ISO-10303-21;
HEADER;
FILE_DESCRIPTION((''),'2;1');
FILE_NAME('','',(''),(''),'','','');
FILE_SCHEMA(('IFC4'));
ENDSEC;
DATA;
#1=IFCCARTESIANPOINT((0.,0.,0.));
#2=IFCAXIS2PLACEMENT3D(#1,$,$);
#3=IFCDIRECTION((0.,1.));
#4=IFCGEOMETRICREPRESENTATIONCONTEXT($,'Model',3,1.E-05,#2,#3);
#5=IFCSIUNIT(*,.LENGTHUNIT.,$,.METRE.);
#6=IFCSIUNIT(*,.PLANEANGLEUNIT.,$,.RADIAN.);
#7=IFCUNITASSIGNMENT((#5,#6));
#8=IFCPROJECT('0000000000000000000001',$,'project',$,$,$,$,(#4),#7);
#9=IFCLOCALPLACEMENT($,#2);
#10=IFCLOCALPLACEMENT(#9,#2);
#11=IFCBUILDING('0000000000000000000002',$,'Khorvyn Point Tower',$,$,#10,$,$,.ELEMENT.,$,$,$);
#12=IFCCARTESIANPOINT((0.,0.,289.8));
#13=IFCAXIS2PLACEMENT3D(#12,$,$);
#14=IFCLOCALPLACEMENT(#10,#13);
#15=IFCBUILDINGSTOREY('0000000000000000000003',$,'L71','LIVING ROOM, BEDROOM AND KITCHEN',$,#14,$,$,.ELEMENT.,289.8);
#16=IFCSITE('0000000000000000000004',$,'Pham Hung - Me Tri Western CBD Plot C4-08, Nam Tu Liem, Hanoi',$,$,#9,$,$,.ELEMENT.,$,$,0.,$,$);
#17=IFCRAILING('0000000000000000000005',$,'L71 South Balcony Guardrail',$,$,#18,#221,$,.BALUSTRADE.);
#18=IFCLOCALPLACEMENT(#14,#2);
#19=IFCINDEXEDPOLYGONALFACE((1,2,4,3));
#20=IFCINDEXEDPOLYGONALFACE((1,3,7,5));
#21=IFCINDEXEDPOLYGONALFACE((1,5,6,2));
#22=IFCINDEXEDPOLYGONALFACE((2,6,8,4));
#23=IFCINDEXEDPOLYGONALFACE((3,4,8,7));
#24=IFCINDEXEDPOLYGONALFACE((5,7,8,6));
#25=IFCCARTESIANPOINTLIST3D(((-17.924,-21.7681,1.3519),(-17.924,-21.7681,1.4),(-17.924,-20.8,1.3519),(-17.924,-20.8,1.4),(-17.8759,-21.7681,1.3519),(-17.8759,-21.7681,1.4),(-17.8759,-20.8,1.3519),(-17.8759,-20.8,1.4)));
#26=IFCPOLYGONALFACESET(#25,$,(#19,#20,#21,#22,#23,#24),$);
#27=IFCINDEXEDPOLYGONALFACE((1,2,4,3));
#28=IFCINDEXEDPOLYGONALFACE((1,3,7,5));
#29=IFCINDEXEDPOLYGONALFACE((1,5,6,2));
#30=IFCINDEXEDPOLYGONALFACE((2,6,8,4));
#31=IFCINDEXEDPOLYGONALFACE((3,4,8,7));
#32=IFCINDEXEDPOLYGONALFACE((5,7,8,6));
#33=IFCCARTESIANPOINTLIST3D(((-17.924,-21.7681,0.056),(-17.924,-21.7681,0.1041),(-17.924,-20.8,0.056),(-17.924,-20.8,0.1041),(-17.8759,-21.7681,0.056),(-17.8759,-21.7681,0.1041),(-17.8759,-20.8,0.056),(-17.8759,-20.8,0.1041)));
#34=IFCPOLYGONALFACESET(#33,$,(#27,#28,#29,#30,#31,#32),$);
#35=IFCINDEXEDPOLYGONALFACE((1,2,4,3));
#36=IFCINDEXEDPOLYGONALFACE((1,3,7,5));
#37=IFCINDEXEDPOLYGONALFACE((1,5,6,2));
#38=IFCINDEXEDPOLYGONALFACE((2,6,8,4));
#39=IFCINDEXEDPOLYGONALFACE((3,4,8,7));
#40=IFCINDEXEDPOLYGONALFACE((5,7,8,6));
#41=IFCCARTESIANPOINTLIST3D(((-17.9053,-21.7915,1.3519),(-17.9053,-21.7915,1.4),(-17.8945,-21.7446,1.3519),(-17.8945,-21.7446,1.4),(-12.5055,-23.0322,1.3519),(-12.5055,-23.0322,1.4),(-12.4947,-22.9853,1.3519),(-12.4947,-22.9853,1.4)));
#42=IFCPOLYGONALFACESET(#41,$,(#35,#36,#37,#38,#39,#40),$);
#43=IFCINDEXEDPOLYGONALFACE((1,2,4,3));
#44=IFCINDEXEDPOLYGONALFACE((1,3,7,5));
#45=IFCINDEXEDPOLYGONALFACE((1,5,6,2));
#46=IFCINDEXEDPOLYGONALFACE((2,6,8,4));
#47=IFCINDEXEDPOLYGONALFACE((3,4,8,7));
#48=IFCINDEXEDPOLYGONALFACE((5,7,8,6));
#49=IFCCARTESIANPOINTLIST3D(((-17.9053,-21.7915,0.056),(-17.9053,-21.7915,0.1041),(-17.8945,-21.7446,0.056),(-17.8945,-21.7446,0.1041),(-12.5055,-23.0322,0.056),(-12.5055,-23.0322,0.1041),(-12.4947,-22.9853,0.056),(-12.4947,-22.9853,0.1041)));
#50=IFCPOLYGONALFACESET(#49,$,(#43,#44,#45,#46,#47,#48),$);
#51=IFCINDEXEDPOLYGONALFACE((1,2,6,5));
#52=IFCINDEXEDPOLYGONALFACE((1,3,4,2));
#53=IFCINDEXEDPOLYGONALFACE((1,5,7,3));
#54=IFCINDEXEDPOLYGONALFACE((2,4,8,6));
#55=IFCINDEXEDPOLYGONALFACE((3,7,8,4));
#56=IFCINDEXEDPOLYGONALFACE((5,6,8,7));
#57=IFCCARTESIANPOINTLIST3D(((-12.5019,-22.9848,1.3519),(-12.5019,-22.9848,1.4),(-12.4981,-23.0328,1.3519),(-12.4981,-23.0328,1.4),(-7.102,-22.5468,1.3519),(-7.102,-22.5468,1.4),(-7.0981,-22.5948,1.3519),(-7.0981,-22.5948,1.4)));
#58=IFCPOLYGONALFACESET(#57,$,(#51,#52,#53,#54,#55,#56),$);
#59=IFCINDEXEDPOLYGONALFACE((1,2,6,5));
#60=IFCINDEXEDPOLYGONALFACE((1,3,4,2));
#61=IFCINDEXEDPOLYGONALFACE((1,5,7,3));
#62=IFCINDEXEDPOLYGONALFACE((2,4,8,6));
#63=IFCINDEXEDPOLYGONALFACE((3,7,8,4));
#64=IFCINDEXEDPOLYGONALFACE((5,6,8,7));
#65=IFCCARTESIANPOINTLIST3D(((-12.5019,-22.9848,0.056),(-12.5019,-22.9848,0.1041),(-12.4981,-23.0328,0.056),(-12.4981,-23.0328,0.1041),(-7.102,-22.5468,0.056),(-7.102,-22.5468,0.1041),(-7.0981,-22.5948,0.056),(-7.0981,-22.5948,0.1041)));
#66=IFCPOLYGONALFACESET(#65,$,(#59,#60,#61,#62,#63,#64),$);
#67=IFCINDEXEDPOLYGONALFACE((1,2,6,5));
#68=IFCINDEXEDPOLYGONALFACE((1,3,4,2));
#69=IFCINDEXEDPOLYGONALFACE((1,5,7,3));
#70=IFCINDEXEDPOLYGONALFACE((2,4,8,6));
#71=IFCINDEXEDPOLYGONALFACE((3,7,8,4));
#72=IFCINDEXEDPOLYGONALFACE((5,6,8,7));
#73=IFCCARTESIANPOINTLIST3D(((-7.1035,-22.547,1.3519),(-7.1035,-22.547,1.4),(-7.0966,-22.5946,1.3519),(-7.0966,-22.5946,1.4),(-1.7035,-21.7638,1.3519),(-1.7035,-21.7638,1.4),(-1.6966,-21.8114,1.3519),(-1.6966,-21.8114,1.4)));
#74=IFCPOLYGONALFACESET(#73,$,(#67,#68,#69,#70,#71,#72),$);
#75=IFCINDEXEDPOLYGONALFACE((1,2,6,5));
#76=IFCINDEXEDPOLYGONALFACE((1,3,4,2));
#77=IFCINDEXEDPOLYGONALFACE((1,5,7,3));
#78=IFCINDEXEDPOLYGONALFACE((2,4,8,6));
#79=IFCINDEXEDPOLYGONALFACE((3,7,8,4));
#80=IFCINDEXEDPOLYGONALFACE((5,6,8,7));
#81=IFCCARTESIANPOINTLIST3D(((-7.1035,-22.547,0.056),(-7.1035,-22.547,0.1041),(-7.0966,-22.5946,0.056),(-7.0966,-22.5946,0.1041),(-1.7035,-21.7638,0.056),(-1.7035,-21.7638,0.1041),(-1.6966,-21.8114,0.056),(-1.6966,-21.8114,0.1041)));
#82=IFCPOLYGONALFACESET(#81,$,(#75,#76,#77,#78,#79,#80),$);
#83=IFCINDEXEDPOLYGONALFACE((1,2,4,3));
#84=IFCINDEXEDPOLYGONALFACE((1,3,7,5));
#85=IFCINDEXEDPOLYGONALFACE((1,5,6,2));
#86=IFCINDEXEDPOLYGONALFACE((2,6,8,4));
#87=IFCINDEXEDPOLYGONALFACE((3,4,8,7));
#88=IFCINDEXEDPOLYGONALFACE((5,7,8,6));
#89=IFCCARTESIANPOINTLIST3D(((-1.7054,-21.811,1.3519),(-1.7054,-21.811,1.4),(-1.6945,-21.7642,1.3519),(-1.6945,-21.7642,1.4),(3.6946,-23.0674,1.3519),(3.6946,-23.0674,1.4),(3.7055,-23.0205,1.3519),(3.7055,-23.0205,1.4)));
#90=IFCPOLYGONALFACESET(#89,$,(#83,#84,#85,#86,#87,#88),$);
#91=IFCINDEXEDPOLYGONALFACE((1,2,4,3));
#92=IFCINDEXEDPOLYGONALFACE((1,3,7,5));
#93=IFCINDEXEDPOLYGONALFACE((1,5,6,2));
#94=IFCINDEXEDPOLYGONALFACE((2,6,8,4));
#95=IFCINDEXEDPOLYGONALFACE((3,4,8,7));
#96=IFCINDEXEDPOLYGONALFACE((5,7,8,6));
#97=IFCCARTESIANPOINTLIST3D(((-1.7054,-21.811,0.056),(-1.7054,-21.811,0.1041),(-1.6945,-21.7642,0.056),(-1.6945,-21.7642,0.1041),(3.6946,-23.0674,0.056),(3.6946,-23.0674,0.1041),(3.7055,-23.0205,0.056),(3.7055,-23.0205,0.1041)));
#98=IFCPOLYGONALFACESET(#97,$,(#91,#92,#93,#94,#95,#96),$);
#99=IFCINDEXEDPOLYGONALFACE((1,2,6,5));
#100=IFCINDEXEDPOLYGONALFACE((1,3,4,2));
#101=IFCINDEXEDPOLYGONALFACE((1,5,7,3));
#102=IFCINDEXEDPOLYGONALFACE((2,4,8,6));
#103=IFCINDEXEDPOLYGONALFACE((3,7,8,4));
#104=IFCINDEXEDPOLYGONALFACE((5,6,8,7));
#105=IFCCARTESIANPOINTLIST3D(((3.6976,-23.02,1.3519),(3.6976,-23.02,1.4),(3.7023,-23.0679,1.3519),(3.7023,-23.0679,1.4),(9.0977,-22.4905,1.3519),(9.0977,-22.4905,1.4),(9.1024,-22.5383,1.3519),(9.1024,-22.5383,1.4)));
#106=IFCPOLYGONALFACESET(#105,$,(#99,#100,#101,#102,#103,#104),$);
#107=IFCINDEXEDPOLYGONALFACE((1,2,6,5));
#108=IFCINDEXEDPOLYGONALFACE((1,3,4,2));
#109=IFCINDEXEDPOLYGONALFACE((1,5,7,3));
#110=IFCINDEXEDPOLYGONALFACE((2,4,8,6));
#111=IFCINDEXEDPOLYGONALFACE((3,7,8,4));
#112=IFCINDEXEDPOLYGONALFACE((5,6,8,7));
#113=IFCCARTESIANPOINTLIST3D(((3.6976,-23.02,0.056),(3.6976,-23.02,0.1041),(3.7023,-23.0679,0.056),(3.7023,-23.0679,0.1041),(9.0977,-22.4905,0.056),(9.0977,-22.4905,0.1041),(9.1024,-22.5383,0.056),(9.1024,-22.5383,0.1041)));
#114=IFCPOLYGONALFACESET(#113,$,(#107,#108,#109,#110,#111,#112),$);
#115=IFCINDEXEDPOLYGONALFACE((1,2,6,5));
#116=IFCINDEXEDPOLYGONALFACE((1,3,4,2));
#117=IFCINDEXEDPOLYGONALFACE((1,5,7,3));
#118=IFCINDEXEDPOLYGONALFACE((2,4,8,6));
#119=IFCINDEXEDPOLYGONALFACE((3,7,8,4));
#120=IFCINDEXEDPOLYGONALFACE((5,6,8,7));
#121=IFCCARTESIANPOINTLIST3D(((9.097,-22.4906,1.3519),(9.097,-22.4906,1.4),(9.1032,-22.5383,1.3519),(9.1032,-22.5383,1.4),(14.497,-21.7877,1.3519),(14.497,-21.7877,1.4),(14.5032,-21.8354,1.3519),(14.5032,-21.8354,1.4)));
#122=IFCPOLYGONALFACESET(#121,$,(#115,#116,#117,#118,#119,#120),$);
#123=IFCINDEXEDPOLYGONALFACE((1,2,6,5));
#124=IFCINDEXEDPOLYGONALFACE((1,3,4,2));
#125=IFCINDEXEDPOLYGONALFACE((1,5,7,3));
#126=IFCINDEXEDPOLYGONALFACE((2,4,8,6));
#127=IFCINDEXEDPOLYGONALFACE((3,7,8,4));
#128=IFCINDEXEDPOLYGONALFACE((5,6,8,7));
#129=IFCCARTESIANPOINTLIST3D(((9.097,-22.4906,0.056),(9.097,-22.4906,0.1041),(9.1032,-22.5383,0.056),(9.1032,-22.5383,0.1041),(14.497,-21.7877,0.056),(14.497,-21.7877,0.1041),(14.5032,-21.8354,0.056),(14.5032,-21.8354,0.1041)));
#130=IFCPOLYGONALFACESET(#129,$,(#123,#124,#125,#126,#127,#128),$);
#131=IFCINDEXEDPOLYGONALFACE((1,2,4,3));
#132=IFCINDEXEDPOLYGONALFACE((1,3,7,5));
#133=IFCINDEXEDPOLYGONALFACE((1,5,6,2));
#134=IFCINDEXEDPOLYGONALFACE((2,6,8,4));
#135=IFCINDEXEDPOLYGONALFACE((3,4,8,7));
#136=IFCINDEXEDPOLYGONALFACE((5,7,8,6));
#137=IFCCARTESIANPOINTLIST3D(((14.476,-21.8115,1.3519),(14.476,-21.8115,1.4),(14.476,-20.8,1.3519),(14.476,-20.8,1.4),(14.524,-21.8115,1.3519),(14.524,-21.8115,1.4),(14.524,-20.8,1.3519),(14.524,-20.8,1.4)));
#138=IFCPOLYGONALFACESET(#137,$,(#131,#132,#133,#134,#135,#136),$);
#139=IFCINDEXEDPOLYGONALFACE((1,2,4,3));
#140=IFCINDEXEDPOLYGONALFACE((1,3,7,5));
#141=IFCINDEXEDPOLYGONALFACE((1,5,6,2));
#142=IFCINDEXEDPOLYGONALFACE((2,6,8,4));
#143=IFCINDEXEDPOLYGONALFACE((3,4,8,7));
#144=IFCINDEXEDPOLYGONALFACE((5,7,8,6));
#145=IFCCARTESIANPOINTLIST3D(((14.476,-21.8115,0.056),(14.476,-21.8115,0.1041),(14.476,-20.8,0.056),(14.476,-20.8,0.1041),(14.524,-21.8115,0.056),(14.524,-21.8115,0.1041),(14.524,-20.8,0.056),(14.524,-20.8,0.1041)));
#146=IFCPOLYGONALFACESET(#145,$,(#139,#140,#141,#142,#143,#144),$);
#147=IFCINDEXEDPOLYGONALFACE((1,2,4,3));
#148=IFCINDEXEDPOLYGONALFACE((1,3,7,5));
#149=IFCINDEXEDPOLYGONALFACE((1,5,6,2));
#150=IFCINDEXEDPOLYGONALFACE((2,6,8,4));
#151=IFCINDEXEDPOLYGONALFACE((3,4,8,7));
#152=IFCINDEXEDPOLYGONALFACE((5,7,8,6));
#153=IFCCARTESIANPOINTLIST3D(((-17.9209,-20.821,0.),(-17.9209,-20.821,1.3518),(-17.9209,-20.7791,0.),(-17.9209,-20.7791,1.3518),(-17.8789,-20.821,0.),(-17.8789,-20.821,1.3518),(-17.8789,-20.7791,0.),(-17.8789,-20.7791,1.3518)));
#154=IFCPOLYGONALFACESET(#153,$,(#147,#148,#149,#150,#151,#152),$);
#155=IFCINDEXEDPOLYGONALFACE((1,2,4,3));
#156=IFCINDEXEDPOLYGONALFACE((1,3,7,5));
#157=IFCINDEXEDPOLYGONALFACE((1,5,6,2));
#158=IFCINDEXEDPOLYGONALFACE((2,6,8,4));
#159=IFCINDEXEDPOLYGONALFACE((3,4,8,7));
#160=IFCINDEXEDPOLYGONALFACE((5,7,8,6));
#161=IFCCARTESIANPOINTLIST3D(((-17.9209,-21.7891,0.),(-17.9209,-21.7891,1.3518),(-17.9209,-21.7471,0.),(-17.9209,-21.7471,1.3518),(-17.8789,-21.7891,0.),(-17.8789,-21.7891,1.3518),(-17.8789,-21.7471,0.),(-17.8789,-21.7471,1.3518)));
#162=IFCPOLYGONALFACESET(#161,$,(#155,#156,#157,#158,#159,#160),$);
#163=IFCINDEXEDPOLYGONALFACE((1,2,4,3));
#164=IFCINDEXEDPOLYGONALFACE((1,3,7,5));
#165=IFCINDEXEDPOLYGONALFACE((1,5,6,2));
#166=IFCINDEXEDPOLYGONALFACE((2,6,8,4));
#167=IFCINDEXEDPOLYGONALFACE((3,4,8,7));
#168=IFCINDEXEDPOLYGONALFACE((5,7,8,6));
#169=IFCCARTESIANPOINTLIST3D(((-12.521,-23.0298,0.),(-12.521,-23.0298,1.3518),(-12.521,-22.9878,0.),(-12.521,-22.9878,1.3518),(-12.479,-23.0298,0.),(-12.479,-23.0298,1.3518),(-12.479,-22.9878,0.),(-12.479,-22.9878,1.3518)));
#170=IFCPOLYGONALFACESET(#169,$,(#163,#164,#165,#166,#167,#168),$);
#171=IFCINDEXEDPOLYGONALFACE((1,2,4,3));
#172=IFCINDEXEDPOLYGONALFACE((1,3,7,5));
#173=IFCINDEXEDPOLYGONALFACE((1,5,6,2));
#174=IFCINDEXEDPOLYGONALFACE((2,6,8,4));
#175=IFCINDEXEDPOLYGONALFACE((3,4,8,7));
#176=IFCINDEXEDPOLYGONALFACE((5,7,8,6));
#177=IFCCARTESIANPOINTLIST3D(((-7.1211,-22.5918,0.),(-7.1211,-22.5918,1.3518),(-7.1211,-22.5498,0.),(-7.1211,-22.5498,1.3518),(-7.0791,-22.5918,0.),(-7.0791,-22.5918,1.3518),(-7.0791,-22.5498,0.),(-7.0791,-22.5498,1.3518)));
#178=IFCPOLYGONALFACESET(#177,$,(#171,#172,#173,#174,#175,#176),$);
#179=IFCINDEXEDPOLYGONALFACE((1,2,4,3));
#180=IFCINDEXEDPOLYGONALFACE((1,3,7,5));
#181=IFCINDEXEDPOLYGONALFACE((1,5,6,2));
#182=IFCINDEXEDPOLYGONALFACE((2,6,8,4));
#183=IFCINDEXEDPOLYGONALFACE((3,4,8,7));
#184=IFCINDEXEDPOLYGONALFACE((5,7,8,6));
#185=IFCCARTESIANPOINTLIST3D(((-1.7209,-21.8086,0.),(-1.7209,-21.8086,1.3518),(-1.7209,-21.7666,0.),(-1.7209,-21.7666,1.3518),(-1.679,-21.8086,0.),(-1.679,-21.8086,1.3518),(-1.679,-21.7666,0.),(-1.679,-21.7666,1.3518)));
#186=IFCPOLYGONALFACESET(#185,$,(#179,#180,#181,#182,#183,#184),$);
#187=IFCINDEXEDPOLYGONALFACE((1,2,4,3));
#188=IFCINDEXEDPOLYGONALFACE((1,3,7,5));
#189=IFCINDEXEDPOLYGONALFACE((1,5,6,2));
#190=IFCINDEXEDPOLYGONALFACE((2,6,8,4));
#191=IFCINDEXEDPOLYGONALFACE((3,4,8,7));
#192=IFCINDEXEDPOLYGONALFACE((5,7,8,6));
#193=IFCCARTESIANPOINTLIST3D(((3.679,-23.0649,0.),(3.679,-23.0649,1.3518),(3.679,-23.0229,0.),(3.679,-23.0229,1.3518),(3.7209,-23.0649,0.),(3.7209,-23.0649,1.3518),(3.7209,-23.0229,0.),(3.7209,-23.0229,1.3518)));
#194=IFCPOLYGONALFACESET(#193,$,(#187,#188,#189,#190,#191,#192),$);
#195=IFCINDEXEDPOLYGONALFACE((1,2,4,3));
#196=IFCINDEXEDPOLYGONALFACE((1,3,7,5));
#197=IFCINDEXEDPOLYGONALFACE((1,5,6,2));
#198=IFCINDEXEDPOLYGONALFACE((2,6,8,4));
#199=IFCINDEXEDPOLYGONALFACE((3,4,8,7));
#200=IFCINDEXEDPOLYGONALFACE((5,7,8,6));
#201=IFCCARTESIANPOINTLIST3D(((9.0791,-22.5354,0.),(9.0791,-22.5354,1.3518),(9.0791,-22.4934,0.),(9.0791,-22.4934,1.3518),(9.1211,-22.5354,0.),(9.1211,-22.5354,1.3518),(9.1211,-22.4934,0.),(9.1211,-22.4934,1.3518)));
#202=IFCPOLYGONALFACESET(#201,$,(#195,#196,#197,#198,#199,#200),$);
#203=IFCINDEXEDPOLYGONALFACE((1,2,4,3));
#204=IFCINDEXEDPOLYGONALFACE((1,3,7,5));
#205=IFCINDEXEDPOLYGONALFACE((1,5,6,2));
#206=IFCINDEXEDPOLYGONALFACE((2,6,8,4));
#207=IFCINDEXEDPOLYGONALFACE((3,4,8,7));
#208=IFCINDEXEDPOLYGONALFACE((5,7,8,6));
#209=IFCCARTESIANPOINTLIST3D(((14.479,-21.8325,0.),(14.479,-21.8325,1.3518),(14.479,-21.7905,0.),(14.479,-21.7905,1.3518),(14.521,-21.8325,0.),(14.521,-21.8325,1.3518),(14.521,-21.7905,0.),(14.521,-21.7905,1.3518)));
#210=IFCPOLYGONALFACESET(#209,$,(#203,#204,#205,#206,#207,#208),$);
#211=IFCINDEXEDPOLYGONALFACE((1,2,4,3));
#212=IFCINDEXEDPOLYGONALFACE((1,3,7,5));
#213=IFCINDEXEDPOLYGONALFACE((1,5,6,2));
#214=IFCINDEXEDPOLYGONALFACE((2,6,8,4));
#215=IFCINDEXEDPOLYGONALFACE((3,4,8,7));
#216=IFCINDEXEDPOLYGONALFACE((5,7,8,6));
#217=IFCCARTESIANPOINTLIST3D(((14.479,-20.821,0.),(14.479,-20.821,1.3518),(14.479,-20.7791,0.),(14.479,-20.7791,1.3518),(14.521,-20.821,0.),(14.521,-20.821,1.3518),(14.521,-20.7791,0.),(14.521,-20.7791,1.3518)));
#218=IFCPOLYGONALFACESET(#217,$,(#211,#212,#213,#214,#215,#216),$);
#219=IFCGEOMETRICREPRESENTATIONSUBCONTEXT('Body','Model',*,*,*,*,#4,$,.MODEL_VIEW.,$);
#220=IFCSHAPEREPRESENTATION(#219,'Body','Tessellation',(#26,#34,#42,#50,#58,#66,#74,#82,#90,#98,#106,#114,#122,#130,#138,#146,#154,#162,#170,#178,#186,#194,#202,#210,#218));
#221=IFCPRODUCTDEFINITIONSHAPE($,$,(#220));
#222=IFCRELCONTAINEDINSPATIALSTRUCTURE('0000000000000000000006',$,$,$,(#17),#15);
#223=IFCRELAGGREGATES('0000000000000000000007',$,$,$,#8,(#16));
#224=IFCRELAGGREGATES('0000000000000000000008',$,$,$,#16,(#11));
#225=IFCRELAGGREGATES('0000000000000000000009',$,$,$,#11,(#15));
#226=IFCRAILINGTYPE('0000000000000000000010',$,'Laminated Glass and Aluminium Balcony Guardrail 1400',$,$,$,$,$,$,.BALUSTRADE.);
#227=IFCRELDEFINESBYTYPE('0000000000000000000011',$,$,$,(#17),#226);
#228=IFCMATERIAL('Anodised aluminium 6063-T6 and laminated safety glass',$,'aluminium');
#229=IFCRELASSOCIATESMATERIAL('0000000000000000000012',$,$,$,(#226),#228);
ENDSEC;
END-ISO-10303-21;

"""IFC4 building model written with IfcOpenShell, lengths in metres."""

from ifc_helpers import new_model, si_unit, direction, frame, origin, origin_2d, place, context, subcontext, project, spatial, rectangle, extrude, material, type_object, element, save


model = new_model("IFC4")

# Units and contexts
model_context = context("Model", 3, precision=1e-05, world=origin(), true_north=direction((0.0, 1.0)))
body_context = subcontext(model_context, "Body", "Model", "MODEL_VIEW")
ifc_project = project(units=[si_unit("LENGTHUNIT", "METRE"), si_unit("PLANEANGLEUNIT", "RADIAN")], contexts=[model_context])

# Site, building, storey
site_placement = place(None, origin())
site = spatial("IfcSite", under=ifc_project, at=site_placement, Name="Pham Hung - Me Tri Western CBD Plot C4-08, Nam Tu Liem, Hanoi", CompositionType="ELEMENT", RefElevation=0.0)
building_placement = place(site_placement, origin())
building = spatial("IfcBuilding", under=site, at=building_placement, Name="Khorvyn Point Tower", CompositionType="ELEMENT")
storey_placement = place(building_placement, frame((0.0, 0.0, 289.8)))
storey = spatial("IfcBuildingStorey", under=building, at=storey_placement, Name="L71", Description="LIVING ROOM, BEDROOM AND KITCHEN", CompositionType="ELEMENT", Elevation=289.8)

# Railing
ifc_material_1 = material(Name="Anodised aluminium 6063-T6 and laminated safety glass", Category="aluminium")
railing_type = type_object("IfcRailingType", Name="Laminated Glass and Aluminium Balcony Guardrail 1400", PredefinedType="BALUSTRADE", material=ifc_material_1)
railing_1_placement = place(storey_placement, frame((-17.8999, -20.8, 0.0)))
element("IfcRailing", 1, at=railing_1_placement, inside=storey, type_object=railing_type, Name="L71 South Balcony Guardrail", PredefinedType="BALUSTRADE", context=body_context, shape_type="SweptSolid", body=[
    extrude(rectangle(XDim=0.0481, YDim=0.0481, at=origin_2d()), frame((0.0, 0.0, 1.376), z_axis=(0.0, -1.0, 0.0), x_axis=(1.0, 0.0, 0.0)), (0.0, 0.0, 1.0), 0.968),
    extrude(rectangle(XDim=0.0481, YDim=0.0481, at=origin_2d()), frame((0.0, 0.0, 0.0801), z_axis=(0.0, -1.0, 0.0), x_axis=(1.0, 0.0, 0.0)), (0.0, 0.0, 1.0), 0.968),
    extrude(rectangle(XDim=0.0481, YDim=0.0481, at=origin_2d()), frame((0.0, -0.968, 1.376), z_axis=(0.974605, -0.223933, 0.0), x_axis=(0.223933, 0.974605, 0.0)), (0.0, 0.0, 1.0), 5.5405),
    extrude(rectangle(XDim=0.0481, YDim=0.0481, at=origin_2d()), frame((0.0, -0.968, 0.0801), z_axis=(0.974605, -0.223933, 0.0), x_axis=(0.223933, 0.974605, 0.0)), (0.0, 0.0, 1.0), 5.5405),
    extrude(rectangle(XDim=0.0481, YDim=0.0481, at=origin_2d()), frame((5.3999, -2.2087, 1.376), z_axis=(0.996727, 0.080845, 0.0), x_axis=(-0.080845, 0.996727, 0.0)), (0.0, 0.0, 1.0), 5.4177),
    extrude(rectangle(XDim=0.0481, YDim=0.0481, at=origin_2d()), frame((5.3999, -2.2087, 0.0801), z_axis=(0.996727, 0.080845, 0.0), x_axis=(-0.080845, 0.996727, 0.0)), (0.0, 0.0, 1.0), 5.4177),
    extrude(rectangle(XDim=0.0481, YDim=0.0481, at=origin_2d()), frame((10.7998, -1.7708, 1.376), z_axis=(0.989646, 0.143532, 0.0), x_axis=(-0.143532, 0.989646, 0.0)), (0.0, 0.0, 1.0), 5.4565),
    extrude(rectangle(XDim=0.0481, YDim=0.0481, at=origin_2d()), frame((10.7998, -1.7708, 0.0801), z_axis=(0.989646, 0.143532, 0.0), x_axis=(-0.143532, 0.989646, 0.0)), (0.0, 0.0, 1.0), 5.4565),
    extrude(rectangle(XDim=0.0481, YDim=0.0481, at=origin_2d()), frame((16.2, -0.9875, 1.376), z_axis=(0.973986, -0.226609, 0.0), x_axis=(0.226609, 0.973986, 0.0)), (0.0, 0.0, 1.0), 5.5442),
    extrude(rectangle(XDim=0.0481, YDim=0.0481, at=origin_2d()), frame((16.2, -0.9875, 0.0801), z_axis=(0.973986, -0.226609, 0.0), x_axis=(0.226609, 0.973986, 0.0)), (0.0, 0.0, 1.0), 5.5442),
    extrude(rectangle(XDim=0.0481, YDim=0.0481, at=origin_2d()), frame((21.5999, -2.2439, 1.376), z_axis=(0.995226, 0.097592, 0.0), x_axis=(-0.097592, 0.995226, 0.0)), (0.0, 0.0, 1.0), 5.426),
    extrude(rectangle(XDim=0.0481, YDim=0.0481, at=origin_2d()), frame((21.5999, -2.2439, 0.0801), z_axis=(0.995226, 0.097592, 0.0), x_axis=(-0.097592, 0.995226, 0.0)), (0.0, 0.0, 1.0), 5.426),
    extrude(rectangle(XDim=0.0481, YDim=0.0481, at=origin_2d()), frame((27.0, -1.7144, 1.376), z_axis=(0.991635, 0.129077, 0.0), x_axis=(-0.129077, 0.991635, 0.0)), (0.0, 0.0, 1.0), 5.4456),
    extrude(rectangle(XDim=0.0481, YDim=0.0481, at=origin_2d()), frame((27.0, -1.7144, 0.0801), z_axis=(0.991635, 0.129077, 0.0), x_axis=(-0.129077, 0.991635, 0.0)), (0.0, 0.0, 1.0), 5.4456),
    extrude(rectangle(XDim=0.0481, YDim=0.0481, at=origin_2d()), frame((32.3999, -1.0115, 1.376), z_axis=(0.0, 1.0, 0.0), x_axis=(-1.0, 0.0, 0.0)), (0.0, 0.0, 1.0), 1.0115),
    extrude(rectangle(XDim=0.0481, YDim=0.0481, at=origin_2d()), frame((32.3999, -1.0115, 0.0801), z_axis=(0.0, 1.0, 0.0), x_axis=(-1.0, 0.0, 0.0)), (0.0, 0.0, 1.0), 1.0115),
    extrude(rectangle(XDim=0.042, YDim=0.042, at=origin_2d()), origin(), (0.0, 0.0, 1.0), 1.3518),
    extrude(rectangle(XDim=0.042, YDim=0.042, at=origin_2d()), frame((0.0, -0.968, 0.0)), (0.0, 0.0, 1.0), 1.3518),
    extrude(rectangle(XDim=0.042, YDim=0.042, at=origin_2d()), frame((5.3999, -2.2087, 0.0)), (0.0, 0.0, 1.0), 1.3518),
    extrude(rectangle(XDim=0.042, YDim=0.042, at=origin_2d()), frame((10.7998, -1.7708, 0.0)), (0.0, 0.0, 1.0), 1.3518),
    extrude(rectangle(XDim=0.042, YDim=0.042, at=origin_2d()), frame((16.2, -0.9875, 0.0)), (0.0, 0.0, 1.0), 1.3518),
    extrude(rectangle(XDim=0.042, YDim=0.042, at=origin_2d()), frame((21.5999, -2.2439, 0.0)), (0.0, 0.0, 1.0), 1.3518),
    extrude(rectangle(XDim=0.042, YDim=0.042, at=origin_2d()), frame((27.0, -1.7144, 0.0)), (0.0, 0.0, 1.0), 1.3518),
    extrude(rectangle(XDim=0.042, YDim=0.042, at=origin_2d()), frame((32.3999, -1.0115, 0.0)), (0.0, 0.0, 1.0), 1.3518),
    extrude(rectangle(XDim=0.042, YDim=0.042, at=origin_2d()), frame((32.3999, 0.0, 0.0)), (0.0, 0.0, 1.0), 1.3518),
])

save(model, "model.ifc")
